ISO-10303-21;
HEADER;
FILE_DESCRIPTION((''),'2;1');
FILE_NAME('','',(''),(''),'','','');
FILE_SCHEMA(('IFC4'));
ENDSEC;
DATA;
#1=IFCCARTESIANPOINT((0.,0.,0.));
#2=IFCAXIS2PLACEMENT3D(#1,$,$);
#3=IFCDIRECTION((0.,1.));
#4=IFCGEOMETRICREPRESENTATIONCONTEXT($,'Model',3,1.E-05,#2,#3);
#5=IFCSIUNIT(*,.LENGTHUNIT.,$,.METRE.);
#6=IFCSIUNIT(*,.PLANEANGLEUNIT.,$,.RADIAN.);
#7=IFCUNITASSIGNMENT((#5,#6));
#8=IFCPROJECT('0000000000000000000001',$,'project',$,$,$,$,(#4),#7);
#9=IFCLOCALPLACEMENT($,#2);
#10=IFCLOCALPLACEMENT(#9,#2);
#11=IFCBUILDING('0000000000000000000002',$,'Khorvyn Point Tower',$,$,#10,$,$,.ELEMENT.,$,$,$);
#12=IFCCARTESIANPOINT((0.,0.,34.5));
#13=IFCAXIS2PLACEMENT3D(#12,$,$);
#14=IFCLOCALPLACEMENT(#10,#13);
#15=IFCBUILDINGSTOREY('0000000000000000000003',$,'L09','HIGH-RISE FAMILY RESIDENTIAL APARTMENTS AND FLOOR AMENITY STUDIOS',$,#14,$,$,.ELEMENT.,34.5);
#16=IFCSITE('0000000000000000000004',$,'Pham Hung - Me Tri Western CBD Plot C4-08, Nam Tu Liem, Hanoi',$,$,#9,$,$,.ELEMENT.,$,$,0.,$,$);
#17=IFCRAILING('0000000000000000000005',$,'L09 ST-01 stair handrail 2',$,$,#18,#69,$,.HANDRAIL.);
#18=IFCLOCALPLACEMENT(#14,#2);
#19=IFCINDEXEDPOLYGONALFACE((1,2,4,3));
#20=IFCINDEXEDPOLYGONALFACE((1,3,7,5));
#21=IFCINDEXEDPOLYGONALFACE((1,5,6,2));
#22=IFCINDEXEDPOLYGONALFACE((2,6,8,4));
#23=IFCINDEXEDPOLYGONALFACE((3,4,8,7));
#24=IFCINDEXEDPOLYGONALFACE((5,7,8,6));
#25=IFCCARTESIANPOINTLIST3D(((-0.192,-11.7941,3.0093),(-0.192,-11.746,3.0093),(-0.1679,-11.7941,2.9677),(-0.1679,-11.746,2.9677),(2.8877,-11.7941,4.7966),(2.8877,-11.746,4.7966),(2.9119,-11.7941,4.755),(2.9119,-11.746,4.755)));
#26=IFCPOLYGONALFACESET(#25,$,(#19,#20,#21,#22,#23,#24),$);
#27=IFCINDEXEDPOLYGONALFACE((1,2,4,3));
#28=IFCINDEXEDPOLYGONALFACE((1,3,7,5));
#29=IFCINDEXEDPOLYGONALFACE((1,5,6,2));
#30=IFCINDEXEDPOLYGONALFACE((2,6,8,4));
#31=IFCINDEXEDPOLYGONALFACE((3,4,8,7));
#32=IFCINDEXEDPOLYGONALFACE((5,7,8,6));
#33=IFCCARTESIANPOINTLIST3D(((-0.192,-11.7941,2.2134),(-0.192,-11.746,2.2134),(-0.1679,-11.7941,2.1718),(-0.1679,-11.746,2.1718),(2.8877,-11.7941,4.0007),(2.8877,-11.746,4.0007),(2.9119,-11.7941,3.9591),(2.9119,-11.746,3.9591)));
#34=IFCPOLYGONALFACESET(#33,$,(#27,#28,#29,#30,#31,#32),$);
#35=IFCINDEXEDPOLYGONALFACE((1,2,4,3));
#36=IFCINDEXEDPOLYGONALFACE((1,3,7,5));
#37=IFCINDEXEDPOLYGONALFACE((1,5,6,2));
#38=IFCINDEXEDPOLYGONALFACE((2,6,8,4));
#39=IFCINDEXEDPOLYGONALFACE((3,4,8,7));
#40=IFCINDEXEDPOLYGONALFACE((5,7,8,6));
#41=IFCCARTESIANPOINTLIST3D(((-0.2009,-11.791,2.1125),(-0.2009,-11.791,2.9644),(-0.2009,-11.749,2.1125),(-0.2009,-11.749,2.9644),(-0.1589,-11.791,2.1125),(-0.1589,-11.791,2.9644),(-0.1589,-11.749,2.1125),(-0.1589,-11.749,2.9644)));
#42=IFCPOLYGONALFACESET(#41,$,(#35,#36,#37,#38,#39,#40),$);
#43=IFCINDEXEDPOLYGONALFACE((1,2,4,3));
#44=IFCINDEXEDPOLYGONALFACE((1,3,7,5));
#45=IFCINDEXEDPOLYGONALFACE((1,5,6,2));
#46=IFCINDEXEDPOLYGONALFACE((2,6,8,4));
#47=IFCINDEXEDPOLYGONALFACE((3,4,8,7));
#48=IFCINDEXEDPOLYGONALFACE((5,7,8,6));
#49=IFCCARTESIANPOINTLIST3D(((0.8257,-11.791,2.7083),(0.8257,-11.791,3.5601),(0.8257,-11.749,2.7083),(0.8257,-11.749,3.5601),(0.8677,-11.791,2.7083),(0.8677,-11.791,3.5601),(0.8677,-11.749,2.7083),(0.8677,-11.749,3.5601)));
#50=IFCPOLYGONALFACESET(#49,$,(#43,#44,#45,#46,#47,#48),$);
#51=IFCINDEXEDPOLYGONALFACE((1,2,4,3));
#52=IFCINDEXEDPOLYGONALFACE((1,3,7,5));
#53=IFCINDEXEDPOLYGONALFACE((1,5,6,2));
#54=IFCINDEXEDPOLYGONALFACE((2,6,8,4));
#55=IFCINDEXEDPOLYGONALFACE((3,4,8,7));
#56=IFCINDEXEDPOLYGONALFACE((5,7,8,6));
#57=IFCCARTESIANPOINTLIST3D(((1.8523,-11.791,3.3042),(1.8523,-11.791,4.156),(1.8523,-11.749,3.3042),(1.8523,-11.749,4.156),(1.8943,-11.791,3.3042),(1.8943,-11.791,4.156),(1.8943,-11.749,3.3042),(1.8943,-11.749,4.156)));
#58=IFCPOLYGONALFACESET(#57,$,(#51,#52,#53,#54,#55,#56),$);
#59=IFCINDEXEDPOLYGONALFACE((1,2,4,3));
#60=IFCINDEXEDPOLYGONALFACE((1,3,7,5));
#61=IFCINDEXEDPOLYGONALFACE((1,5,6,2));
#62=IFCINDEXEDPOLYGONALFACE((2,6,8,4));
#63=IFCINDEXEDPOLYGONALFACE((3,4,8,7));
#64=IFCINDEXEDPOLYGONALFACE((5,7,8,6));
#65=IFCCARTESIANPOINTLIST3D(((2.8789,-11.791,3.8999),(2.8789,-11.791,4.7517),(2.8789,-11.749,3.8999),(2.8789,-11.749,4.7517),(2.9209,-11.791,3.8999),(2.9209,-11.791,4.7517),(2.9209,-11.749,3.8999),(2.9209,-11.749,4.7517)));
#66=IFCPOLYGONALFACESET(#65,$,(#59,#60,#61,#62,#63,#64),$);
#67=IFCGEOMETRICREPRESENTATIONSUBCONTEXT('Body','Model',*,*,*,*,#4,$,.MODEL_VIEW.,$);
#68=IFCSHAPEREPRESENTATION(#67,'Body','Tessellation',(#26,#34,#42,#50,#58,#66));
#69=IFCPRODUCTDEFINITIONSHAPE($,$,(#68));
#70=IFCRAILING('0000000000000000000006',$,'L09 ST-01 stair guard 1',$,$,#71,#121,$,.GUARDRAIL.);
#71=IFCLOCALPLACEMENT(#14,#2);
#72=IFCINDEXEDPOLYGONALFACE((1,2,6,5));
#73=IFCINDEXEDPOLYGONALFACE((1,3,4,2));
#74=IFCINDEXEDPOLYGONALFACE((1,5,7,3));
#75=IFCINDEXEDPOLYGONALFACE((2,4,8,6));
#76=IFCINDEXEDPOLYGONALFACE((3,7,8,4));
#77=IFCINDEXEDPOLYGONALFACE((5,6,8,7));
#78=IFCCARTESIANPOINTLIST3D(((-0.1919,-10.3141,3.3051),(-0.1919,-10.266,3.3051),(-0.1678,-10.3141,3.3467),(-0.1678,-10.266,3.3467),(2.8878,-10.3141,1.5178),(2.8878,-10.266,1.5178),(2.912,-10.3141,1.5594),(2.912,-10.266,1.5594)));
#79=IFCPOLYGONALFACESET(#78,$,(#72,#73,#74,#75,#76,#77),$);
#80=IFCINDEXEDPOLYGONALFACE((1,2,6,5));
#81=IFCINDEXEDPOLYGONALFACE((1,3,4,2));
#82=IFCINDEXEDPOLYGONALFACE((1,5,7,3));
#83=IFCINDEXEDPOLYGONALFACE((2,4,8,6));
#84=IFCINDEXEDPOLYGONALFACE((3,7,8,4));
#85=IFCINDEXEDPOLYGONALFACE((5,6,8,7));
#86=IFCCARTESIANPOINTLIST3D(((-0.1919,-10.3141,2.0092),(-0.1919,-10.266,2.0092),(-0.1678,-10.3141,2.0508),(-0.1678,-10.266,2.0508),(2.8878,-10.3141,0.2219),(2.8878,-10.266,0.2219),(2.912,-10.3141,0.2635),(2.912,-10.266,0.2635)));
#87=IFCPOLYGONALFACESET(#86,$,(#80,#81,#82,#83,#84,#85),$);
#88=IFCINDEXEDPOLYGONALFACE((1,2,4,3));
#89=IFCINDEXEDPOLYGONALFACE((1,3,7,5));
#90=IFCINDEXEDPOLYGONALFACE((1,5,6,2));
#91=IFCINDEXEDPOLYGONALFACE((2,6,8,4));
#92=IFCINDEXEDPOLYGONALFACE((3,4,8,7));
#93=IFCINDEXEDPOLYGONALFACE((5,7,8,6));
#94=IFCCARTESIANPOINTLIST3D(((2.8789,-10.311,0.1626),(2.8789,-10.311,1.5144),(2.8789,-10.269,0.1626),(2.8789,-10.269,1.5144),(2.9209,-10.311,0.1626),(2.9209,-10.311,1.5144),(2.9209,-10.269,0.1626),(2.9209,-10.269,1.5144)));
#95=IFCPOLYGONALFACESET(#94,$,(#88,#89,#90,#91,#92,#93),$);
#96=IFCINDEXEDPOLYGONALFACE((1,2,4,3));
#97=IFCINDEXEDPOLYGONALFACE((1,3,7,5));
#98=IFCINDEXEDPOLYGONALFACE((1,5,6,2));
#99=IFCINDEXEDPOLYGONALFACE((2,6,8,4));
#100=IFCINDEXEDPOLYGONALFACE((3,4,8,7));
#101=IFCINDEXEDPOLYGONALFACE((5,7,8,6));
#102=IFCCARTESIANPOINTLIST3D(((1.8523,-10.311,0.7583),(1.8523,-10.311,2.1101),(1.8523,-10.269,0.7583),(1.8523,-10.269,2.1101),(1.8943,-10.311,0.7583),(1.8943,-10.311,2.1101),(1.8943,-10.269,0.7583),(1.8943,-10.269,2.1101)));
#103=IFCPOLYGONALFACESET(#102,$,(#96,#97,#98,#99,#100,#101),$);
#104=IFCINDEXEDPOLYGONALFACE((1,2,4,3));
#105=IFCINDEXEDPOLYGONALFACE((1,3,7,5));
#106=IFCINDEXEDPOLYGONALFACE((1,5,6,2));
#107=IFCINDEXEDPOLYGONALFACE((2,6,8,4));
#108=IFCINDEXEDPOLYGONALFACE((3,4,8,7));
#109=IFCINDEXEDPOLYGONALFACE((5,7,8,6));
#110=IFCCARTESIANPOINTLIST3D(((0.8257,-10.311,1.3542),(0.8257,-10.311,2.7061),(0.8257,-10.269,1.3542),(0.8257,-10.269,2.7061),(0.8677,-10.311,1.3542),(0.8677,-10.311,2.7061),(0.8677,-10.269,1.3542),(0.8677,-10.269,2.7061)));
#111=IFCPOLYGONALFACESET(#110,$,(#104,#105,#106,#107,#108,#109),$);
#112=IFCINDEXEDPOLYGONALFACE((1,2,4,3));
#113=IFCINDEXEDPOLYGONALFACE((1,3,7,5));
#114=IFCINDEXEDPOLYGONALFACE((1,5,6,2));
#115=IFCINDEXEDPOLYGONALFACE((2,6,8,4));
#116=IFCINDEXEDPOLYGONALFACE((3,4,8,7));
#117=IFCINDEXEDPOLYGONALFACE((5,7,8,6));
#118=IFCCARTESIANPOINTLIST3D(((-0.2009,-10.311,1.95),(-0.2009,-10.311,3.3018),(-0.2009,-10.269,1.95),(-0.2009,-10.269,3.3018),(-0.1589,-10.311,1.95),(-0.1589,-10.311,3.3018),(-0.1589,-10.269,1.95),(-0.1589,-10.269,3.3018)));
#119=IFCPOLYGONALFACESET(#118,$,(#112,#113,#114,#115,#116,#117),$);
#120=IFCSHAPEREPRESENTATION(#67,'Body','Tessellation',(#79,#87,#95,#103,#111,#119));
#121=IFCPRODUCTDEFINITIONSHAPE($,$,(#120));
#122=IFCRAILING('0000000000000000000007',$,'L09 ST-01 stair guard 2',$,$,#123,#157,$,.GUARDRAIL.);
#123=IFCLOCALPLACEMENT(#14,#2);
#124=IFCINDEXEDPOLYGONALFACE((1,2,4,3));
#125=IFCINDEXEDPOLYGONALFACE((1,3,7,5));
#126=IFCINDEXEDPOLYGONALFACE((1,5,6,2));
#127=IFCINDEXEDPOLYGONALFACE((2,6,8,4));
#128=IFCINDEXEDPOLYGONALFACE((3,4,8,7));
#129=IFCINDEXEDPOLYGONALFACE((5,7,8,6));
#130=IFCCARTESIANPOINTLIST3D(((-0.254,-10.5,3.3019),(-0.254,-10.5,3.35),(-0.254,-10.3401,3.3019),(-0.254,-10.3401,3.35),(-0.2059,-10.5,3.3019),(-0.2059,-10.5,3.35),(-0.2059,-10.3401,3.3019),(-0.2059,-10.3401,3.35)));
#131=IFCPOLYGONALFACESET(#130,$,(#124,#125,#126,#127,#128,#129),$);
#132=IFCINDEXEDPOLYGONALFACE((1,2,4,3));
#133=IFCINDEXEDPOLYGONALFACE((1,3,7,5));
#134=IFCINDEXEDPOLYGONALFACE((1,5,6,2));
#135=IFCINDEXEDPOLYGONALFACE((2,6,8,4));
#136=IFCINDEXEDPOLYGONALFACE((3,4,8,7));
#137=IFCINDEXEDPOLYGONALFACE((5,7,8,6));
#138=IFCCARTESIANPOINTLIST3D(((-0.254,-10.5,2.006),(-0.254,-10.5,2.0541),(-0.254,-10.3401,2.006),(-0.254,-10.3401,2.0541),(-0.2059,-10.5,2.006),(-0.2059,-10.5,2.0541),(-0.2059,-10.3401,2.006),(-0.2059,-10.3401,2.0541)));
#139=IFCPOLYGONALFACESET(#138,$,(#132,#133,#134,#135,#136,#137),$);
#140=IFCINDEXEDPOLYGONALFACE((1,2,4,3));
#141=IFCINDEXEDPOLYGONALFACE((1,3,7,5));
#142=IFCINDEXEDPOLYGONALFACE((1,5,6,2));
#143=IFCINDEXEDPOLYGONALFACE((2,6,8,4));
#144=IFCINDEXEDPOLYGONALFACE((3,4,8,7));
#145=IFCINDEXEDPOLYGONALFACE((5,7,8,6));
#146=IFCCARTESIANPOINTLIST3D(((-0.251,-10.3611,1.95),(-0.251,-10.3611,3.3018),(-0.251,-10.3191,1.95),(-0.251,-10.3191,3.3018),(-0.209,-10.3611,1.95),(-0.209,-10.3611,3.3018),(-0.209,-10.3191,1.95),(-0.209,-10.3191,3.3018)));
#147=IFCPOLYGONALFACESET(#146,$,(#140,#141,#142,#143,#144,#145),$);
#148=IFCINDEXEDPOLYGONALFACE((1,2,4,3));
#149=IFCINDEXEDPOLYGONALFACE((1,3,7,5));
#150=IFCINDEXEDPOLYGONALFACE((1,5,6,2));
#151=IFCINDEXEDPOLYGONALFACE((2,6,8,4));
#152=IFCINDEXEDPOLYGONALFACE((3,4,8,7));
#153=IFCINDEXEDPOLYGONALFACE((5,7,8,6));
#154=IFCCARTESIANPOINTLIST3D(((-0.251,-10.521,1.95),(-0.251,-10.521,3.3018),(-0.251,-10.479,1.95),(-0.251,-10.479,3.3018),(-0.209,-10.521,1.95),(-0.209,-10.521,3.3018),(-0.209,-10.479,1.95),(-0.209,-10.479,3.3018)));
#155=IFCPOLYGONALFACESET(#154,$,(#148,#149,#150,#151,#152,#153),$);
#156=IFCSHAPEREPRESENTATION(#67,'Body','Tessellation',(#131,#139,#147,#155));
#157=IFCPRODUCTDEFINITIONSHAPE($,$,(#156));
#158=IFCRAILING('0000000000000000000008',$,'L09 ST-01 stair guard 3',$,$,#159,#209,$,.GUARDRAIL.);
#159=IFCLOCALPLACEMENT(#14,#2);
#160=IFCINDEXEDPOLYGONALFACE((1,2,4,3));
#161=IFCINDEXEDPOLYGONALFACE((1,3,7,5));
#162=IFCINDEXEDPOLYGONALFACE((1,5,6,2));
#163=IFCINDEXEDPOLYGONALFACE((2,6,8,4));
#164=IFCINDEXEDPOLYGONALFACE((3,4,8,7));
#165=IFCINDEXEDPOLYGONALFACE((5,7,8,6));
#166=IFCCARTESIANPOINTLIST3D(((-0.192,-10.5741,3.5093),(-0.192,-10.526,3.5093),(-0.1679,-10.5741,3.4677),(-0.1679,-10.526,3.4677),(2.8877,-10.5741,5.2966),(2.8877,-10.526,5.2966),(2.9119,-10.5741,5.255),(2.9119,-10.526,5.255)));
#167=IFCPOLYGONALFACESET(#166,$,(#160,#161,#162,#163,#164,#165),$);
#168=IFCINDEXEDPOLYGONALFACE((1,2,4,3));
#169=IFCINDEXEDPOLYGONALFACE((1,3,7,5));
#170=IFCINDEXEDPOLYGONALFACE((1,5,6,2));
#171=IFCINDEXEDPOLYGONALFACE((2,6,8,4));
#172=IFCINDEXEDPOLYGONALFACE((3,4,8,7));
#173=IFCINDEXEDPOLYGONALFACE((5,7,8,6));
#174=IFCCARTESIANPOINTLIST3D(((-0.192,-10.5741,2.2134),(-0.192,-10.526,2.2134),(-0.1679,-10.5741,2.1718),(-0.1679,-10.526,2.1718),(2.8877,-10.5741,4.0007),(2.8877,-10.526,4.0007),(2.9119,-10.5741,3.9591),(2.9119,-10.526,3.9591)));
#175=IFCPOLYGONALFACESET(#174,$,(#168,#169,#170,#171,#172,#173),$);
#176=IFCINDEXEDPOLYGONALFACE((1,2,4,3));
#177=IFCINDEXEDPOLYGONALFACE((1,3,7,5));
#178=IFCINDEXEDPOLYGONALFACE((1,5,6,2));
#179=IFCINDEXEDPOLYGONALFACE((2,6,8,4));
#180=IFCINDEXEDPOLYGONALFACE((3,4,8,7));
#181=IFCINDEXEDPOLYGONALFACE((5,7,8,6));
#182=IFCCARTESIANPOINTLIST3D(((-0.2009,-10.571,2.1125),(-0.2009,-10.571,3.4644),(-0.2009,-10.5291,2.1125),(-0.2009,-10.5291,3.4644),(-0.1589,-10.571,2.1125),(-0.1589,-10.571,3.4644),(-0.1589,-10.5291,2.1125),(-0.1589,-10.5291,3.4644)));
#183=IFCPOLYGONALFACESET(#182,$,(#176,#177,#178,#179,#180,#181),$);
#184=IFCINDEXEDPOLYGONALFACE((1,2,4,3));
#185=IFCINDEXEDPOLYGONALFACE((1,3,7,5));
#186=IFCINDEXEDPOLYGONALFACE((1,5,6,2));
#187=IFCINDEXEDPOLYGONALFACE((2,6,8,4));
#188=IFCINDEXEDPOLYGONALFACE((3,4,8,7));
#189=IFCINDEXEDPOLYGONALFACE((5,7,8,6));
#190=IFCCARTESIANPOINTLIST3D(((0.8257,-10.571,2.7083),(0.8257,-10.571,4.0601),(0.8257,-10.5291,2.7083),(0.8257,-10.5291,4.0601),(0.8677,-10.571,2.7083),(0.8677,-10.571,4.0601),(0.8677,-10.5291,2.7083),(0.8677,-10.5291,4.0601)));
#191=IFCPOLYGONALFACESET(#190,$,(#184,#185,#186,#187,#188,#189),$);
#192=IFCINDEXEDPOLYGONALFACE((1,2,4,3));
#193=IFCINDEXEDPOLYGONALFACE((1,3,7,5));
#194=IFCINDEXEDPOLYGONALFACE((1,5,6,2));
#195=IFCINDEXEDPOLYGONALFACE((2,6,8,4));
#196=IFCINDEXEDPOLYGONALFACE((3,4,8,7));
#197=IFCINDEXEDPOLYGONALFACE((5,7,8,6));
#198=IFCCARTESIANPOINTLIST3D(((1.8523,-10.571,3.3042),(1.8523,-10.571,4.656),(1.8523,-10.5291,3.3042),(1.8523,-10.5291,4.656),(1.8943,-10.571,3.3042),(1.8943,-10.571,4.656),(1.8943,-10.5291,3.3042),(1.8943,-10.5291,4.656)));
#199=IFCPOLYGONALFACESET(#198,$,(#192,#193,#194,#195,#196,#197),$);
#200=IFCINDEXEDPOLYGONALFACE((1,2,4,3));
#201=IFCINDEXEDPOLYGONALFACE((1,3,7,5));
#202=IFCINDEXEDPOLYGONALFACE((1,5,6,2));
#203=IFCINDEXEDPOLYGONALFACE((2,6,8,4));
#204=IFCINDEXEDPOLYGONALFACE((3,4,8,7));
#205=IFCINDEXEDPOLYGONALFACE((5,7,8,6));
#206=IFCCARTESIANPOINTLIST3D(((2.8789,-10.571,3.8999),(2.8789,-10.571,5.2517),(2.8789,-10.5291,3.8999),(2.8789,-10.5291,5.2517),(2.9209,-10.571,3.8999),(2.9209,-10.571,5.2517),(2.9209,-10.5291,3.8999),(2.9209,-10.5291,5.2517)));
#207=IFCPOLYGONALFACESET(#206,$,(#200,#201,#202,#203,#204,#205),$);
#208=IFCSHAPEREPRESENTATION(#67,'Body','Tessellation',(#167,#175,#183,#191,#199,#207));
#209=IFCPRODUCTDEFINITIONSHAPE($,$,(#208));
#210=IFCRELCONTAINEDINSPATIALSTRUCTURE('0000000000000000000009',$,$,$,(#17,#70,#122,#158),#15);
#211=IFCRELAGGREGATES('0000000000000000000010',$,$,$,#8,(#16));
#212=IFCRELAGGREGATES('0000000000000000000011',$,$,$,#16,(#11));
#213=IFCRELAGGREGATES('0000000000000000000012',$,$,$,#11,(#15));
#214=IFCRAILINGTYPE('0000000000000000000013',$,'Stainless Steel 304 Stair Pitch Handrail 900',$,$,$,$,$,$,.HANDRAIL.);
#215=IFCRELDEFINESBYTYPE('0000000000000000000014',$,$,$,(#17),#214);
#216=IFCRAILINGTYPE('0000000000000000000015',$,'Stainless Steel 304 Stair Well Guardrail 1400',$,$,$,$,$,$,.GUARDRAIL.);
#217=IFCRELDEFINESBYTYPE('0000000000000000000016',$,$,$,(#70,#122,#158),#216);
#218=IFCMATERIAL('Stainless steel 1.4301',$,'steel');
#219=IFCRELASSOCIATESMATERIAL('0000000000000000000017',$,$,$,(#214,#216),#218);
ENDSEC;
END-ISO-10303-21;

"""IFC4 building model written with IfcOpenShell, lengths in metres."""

from ifc_helpers import new_model, si_unit, direction, frame, origin, origin_2d, place, context, subcontext, project, spatial, rectangle, extrude, material, type_object, element, save


model = new_model("IFC4")

# Units and contexts
model_context = context("Model", 3, precision=1e-05, world=origin(), true_north=direction((0.0, 1.0)))
body_context = subcontext(model_context, "Body", "Model", "MODEL_VIEW")
ifc_project = project(units=[si_unit("LENGTHUNIT", "METRE"), si_unit("PLANEANGLEUNIT", "RADIAN")], contexts=[model_context])

# Site, building, storey
site_placement = place(None, origin())
site = spatial("IfcSite", under=ifc_project, at=site_placement, Name="Pham Hung - Me Tri Western CBD Plot C4-08, Nam Tu Liem, Hanoi", CompositionType="ELEMENT", RefElevation=0.0)
building_placement = place(site_placement, origin())
building = spatial("IfcBuilding", under=site, at=building_placement, Name="Khorvyn Point Tower", CompositionType="ELEMENT")
storey_placement = place(building_placement, frame((0.0, 0.0, 34.5)))
storey = spatial("IfcBuildingStorey", under=building, at=storey_placement, Name="L09", Description="HIGH-RISE FAMILY RESIDENTIAL APARTMENTS AND FLOOR AMENITY STUDIOS", CompositionType="ELEMENT", Elevation=34.5)

# Shared definitions
ifc_material_1 = material(Name="Stainless steel 1.4301", Category="steel")

# Railings
railing_type_1 = type_object("IfcRailingType", Name="Stainless Steel 304 Stair Pitch Handrail 900", PredefinedType="HANDRAIL", material=ifc_material_1)
railing_1_placement = place(storey_placement, frame((-0.1799, -11.77, 2.1125)))
element("IfcRailing", 1, at=railing_1_placement, inside=storey, type_object=railing_type_1, Name="L09 ST-01 stair handrail 2", PredefinedType="HANDRAIL", context=body_context, shape_type="SweptSolid", body=[
    extrude(rectangle(XDim=0.0481, YDim=0.0481, at=origin_2d()), frame((0.0, 0.0, 0.876), z_axis=(0.864903, 0.0, 0.501939), x_axis=(0.0, 1.0, 0.0)), (0.0, 0.0, 1.0), 3.5608),
    extrude(rectangle(XDim=0.0481, YDim=0.0481, at=origin_2d()), frame((0.0, 0.0, 0.0801), z_axis=(0.864903, 0.0, 0.501939), x_axis=(0.0, 1.0, 0.0)), (0.0, 0.0, 1.0), 3.5608),
    extrude(rectangle(XDim=0.042, YDim=0.042, at=origin_2d()), origin(), (0.0, 0.0, 1.0), 0.8518),
    extrude(rectangle(XDim=0.042, YDim=0.042, at=origin_2d()), frame((1.0266, 0.0, 0.5957)), (0.0, 0.0, 1.0), 0.8518),
    extrude(rectangle(XDim=0.042, YDim=0.042, at=origin_2d()), frame((2.0532, 0.0, 1.1917)), (0.0, 0.0, 1.0), 0.8518),
    extrude(rectangle(XDim=0.042, YDim=0.042, at=origin_2d()), frame((3.0798, 0.0, 1.7874)), (0.0, 0.0, 1.0), 0.8518),
])
railing_type_2 = type_object("IfcRailingType", Name="Stainless Steel 304 Stair Well Guardrail 1400", PredefinedType="GUARDRAIL", material=ifc_material_1)
railing_2_placement = place(storey_placement, frame((2.8999, -10.29, 0.1626)))
element("IfcRailing", 2, at=railing_2_placement, inside=storey, type_object=railing_type_2, Name="L09 ST-01 stair guard 1", PredefinedType="GUARDRAIL", context=body_context, shape_type="SweptSolid", body=[
    extrude(rectangle(XDim=0.0481, YDim=0.0481, at=origin_2d()), frame((0.0, 0.0, 1.376), z_axis=(-0.864903, 0.0, 0.501939), x_axis=(0.0, -1.0, 0.0)), (0.0, 0.0, 1.0), 3.5608),
    extrude(rectangle(XDim=0.0481, YDim=0.0481, at=origin_2d()), frame((0.0, 0.0, 0.0801), z_axis=(-0.864903, 0.0, 0.501939), x_axis=(0.0, -1.0, 0.0)), (0.0, 0.0, 1.0), 3.5608),
    extrude(rectangle(XDim=0.042, YDim=0.042, at=origin_2d()), origin(), (0.0, 0.0, 1.0), 1.3518),
    extrude(rectangle(XDim=0.042, YDim=0.042, at=origin_2d()), frame((-1.0266, 0.0, 0.5957)), (0.0, 0.0, 1.0), 1.3518),
    extrude(rectangle(XDim=0.042, YDim=0.042, at=origin_2d()), frame((-2.0532, 0.0, 1.1917)), (0.0, 0.0, 1.0), 1.3518),
    extrude(rectangle(XDim=0.042, YDim=0.042, at=origin_2d()), frame((-3.0798, 0.0, 1.7874)), (0.0, 0.0, 1.0), 1.3518),
])
railing_3_placement = place(storey_placement, frame((-0.23, -10.3401, 1.95)))
element("IfcRailing", 3, at=railing_3_placement, inside=storey, type_object=railing_type_2, Name="L09 ST-01 stair guard 2", PredefinedType="GUARDRAIL", context=body_context, shape_type="SweptSolid", body=[
    extrude(rectangle(XDim=0.0481, YDim=0.0481, at=origin_2d()), frame((0.0, 0.0, 1.376), z_axis=(0.0, -1.0, 0.0), x_axis=(1.0, 0.0, 0.0)), (0.0, 0.0, 1.0), 0.1599),
    extrude(rectangle(XDim=0.0481, YDim=0.0481, at=origin_2d()), frame((0.0, 0.0, 0.0801), z_axis=(0.0, -1.0, 0.0), x_axis=(1.0, 0.0, 0.0)), (0.0, 0.0, 1.0), 0.1599),
    extrude(rectangle(XDim=0.042, YDim=0.042, at=origin_2d()), origin(), (0.0, 0.0, 1.0), 1.3518),
    extrude(rectangle(XDim=0.042, YDim=0.042, at=origin_2d()), frame((0.0, -0.1599, 0.0)), (0.0, 0.0, 1.0), 1.3518),
])
railing_4_placement = place(storey_placement, frame((-0.1799, -10.55, 2.1125)))
element("IfcRailing", 4, at=railing_4_placement, inside=storey, type_object=railing_type_2, Name="L09 ST-01 stair guard 3", PredefinedType="GUARDRAIL", context=body_context, shape_type="SweptSolid", body=[
    extrude(rectangle(XDim=0.0481, YDim=0.0481, at=origin_2d()), frame((0.0, 0.0, 1.376), z_axis=(0.864903, 0.0, 0.501939), x_axis=(0.0, 1.0, 0.0)), (0.0, 0.0, 1.0), 3.5608),
    extrude(rectangle(XDim=0.0481, YDim=0.0481, at=origin_2d()), frame((0.0, 0.0, 0.0801), z_axis=(0.864903, 0.0, 0.501939), x_axis=(0.0, 1.0, 0.0)), (0.0, 0.0, 1.0), 3.5608),
    extrude(rectangle(XDim=0.042, YDim=0.042, at=origin_2d()), origin(), (0.0, 0.0, 1.0), 1.3518),
    extrude(rectangle(XDim=0.042, YDim=0.042, at=origin_2d()), frame((1.0266, 0.0, 0.5957)), (0.0, 0.0, 1.0), 1.3518),
    extrude(rectangle(XDim=0.042, YDim=0.042, at=origin_2d()), frame((2.0532, 0.0, 1.1917)), (0.0, 0.0, 1.0), 1.3518),
    extrude(rectangle(XDim=0.042, YDim=0.042, at=origin_2d()), frame((3.0798, 0.0, 1.7874)), (0.0, 0.0, 1.0), 1.3518),
])

save(model, "model.ifc")
